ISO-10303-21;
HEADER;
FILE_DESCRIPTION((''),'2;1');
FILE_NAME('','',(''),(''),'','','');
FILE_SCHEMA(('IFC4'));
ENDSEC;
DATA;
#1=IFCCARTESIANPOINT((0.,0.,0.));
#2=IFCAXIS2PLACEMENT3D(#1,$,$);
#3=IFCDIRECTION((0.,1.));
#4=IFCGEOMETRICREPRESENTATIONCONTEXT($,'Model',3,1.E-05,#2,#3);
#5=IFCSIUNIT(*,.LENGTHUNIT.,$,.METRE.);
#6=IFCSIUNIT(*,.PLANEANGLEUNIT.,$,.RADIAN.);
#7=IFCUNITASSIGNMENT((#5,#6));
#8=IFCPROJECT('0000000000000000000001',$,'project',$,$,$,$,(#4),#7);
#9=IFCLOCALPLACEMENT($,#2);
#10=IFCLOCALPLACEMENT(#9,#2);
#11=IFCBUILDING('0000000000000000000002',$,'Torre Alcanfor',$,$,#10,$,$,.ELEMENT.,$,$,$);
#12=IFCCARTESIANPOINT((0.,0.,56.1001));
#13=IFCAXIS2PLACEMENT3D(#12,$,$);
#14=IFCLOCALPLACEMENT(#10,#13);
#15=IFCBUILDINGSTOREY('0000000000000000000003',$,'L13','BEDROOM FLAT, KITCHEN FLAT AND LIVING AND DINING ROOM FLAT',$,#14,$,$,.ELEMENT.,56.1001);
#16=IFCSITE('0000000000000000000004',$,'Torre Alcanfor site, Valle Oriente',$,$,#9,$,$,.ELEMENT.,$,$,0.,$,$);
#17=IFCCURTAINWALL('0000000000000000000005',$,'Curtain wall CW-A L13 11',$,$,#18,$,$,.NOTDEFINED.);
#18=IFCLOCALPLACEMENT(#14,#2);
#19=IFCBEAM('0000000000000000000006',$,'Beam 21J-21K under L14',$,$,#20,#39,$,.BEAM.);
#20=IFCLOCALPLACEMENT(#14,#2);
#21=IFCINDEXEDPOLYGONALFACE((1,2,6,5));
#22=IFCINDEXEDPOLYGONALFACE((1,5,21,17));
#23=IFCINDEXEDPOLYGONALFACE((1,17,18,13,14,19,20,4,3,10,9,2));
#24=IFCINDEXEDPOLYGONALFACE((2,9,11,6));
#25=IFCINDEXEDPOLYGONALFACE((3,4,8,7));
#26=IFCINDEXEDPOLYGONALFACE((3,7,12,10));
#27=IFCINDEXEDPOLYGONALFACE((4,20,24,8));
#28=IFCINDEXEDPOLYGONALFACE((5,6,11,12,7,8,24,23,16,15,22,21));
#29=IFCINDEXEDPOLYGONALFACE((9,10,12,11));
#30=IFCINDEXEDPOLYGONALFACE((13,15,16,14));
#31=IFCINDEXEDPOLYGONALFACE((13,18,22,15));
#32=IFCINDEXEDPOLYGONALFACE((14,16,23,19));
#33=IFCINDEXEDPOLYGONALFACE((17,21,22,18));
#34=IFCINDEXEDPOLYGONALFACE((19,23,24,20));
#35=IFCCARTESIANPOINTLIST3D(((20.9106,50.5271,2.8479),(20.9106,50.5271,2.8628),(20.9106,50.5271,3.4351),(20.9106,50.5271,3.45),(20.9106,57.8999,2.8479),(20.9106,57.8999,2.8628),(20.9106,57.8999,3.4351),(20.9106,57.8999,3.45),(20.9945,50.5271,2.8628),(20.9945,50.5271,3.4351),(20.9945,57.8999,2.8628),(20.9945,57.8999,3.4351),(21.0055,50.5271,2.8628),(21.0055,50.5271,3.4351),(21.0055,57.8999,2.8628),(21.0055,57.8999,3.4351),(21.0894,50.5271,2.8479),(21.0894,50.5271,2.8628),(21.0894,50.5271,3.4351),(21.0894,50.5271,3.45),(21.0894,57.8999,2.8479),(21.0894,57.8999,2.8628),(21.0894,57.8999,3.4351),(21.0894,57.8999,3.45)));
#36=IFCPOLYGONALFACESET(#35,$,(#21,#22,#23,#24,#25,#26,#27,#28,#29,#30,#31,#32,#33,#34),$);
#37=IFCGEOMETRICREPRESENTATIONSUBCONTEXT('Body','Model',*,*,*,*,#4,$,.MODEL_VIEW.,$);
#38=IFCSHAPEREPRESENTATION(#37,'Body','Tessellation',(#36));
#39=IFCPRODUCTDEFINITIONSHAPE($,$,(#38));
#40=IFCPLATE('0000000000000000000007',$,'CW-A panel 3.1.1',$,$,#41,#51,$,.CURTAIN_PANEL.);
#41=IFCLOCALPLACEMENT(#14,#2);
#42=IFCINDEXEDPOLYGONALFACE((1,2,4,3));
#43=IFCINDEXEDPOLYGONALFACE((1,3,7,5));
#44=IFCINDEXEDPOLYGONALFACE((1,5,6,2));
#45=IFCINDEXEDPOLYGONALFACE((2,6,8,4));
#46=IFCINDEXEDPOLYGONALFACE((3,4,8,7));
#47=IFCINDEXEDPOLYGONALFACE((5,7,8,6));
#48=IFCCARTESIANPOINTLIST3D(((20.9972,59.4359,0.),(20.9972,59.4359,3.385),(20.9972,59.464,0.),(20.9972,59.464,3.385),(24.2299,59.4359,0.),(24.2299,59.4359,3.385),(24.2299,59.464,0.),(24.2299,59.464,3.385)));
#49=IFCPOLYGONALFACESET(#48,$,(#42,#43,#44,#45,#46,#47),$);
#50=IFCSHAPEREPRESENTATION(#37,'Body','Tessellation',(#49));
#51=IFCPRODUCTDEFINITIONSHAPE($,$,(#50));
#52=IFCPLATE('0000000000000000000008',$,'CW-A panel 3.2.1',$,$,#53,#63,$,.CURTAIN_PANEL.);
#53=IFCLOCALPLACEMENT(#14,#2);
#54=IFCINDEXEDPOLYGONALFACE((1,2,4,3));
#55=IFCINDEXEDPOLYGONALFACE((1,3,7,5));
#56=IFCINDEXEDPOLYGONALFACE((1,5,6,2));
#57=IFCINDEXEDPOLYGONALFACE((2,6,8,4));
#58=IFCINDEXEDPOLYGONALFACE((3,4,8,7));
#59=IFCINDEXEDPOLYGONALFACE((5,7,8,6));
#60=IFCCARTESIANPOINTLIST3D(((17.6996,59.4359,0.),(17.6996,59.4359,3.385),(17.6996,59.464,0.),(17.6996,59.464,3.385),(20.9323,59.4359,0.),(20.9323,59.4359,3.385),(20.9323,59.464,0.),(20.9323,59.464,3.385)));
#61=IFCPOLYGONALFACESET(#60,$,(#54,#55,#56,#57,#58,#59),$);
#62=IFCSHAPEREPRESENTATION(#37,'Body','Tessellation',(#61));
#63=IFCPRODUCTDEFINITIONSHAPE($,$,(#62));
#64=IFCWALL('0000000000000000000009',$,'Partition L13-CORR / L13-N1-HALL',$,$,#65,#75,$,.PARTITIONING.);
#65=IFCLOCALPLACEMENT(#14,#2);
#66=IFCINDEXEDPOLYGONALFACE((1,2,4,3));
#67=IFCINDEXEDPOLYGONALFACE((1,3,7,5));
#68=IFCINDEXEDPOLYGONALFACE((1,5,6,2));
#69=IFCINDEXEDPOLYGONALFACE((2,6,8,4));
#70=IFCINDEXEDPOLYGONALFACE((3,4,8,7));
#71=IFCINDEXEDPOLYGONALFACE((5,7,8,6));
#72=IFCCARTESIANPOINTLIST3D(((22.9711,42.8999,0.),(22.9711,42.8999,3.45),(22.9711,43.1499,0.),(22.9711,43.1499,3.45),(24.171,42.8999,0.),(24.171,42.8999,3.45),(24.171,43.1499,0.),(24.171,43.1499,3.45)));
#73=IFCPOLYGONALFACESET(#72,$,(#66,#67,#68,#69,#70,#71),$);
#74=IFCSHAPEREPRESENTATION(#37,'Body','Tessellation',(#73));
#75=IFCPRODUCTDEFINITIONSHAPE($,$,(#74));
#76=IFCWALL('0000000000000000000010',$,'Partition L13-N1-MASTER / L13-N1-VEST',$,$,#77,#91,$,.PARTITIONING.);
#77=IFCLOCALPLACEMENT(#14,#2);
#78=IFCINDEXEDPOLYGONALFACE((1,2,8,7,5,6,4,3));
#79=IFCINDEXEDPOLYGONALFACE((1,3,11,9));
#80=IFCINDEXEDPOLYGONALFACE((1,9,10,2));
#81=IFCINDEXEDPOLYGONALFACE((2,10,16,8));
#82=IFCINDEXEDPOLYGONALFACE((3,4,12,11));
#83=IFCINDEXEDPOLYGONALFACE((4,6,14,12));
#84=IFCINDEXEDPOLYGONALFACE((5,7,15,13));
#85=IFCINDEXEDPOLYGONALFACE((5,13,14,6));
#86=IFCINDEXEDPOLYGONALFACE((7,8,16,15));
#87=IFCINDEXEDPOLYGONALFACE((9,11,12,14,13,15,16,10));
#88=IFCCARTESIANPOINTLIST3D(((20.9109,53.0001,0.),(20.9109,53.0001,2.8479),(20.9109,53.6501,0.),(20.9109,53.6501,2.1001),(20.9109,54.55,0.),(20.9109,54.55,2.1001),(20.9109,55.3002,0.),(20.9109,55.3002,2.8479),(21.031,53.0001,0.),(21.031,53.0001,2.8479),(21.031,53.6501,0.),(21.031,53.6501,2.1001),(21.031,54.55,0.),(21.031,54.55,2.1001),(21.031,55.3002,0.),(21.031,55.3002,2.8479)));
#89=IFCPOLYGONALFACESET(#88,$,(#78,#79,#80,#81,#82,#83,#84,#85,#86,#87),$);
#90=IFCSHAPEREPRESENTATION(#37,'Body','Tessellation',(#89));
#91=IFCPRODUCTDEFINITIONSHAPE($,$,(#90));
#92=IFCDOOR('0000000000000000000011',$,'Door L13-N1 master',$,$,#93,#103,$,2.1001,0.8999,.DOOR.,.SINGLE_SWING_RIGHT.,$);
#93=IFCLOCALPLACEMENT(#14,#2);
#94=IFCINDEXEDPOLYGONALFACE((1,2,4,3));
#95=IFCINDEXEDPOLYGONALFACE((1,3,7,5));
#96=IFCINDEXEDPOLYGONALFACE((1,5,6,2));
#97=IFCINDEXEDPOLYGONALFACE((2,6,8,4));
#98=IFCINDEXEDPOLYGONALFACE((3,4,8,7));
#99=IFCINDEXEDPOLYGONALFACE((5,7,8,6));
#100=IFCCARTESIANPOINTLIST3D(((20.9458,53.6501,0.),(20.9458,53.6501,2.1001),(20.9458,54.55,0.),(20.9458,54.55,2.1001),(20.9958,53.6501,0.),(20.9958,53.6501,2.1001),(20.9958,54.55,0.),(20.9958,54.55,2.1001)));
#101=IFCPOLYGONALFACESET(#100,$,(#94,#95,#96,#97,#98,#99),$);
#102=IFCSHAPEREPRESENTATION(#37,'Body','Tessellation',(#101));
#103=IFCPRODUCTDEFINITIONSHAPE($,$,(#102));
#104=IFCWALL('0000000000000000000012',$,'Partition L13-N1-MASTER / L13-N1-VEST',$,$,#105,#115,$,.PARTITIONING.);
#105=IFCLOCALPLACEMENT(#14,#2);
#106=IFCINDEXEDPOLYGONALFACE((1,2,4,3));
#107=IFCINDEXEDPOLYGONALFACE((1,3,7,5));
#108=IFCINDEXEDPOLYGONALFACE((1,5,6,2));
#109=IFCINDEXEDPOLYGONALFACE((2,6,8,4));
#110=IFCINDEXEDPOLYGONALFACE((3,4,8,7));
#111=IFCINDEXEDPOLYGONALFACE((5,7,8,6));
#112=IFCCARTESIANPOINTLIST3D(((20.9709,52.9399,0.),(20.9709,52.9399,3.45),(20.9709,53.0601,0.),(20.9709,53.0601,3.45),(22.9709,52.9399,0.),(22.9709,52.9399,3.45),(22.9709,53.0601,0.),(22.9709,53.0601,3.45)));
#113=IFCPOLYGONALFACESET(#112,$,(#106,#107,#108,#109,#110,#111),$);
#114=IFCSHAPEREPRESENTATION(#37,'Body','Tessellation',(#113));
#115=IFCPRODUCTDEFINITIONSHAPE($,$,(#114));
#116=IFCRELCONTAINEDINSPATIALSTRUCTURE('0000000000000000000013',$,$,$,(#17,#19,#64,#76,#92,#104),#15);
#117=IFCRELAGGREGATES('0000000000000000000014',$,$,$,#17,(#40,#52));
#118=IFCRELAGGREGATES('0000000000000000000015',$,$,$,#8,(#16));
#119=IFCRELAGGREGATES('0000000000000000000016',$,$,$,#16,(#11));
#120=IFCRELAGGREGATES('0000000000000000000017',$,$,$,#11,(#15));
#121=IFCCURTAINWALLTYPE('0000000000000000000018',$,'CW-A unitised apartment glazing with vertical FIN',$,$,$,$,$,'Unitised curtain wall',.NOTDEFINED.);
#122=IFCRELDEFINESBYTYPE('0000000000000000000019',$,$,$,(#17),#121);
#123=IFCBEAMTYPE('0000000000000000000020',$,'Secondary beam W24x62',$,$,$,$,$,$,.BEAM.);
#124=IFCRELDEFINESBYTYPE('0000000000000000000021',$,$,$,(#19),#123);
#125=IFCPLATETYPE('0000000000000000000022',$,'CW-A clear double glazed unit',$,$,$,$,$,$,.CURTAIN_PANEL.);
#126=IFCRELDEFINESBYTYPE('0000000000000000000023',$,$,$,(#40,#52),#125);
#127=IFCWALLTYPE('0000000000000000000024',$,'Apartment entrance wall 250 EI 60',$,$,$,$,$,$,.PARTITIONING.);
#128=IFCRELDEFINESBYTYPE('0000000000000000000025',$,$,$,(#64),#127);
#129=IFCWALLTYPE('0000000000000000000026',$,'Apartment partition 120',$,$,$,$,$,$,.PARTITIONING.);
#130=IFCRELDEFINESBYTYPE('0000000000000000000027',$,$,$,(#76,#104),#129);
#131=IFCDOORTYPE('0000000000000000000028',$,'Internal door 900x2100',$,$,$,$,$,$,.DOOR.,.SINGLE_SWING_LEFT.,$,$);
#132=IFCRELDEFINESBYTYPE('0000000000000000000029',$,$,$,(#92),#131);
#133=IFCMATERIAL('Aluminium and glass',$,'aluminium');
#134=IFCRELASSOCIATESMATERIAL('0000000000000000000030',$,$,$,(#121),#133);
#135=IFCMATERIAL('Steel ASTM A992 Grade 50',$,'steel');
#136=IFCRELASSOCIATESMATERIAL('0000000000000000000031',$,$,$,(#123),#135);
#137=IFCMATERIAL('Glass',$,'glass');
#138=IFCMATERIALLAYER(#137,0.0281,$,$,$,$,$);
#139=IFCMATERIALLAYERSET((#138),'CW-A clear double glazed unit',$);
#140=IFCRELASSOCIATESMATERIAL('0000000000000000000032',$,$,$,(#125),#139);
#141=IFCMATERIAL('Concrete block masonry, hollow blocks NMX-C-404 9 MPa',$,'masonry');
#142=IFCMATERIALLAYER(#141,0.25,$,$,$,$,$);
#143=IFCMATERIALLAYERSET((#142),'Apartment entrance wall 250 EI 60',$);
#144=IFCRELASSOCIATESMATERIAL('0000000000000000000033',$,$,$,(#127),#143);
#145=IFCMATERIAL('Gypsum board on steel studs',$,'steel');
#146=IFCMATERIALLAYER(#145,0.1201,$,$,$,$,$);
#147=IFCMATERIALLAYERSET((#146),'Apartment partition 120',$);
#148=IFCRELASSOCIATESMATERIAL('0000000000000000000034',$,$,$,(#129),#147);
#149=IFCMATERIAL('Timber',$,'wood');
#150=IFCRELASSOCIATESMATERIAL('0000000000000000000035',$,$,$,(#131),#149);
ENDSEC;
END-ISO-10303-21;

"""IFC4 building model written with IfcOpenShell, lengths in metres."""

from ifc_helpers import new_model, si_unit, direction, frame, frame_2d, origin, origin_2d, place, context, subcontext, project, spatial, rectangle, i_section, extrude, material, layer, layer_set, material_profile, profile_set, type_object, element, fill, aggregate, save


model = new_model("IFC4")

# Units and contexts
model_context = context("Model", 3, precision=1e-05, world=origin(), true_north=direction((0.0, 1.0)))
body_context = subcontext(model_context, "Body", "Model", "MODEL_VIEW")
ifc_project = project(units=[si_unit("LENGTHUNIT", "METRE"), si_unit("PLANEANGLEUNIT", "RADIAN")], contexts=[model_context])

# Site, building, storey
site_placement = place(None, origin())
site = spatial("IfcSite", under=ifc_project, at=site_placement, Name="Torre Alcanfor site, Valle Oriente", CompositionType="ELEMENT", RefElevation=0.0)
building_placement = place(site_placement, origin())
building = spatial("IfcBuilding", under=site, at=building_placement, Name="Torre Alcanfor", CompositionType="ELEMENT")
storey_placement = place(building_placement, frame((0.0, 0.0, 56.1001)))
storey = spatial("IfcBuildingStorey", under=building, at=storey_placement, Name="L13", Description="BEDROOM FLAT, KITCHEN FLAT AND LIVING AND DINING ROOM FLAT", CompositionType="ELEMENT", Elevation=56.1001)

# Curtain wall
ifc_material_1 = material(Name="Aluminium and glass", Category="aluminium")
curtain_wall_type = type_object("IfcCurtainWallType", Name="CW-A unitised apartment glazing with vertical FIN", ElementType="Unitised curtain wall", PredefinedType="NOTDEFINED", material=ifc_material_1)
curtain_wall_placement = place(storey_placement, origin())
curtain_wall = element("IfcCurtainWall", 1, at=curtain_wall_placement, inside=storey, type_object=curtain_wall_type, Name="Curtain wall CW-A L13 11", PredefinedType="NOTDEFINED")

# Beam
ifc_material_2 = material(Name="Steel ASTM A992 Grade 50", Category="steel")
ifc_material_profile_1 = material_profile(ifc_material_2, i_section(OverallWidth=0.1787, OverallDepth=0.6021, WebThickness=0.011, FlangeThickness=0.0149, at=origin_2d()), Name="W24x62")
ifc_profile_set_1 = profile_set([ifc_material_profile_1], Name="Steel ASTM A992 Grade 50")
beam_type_1 = type_object("IfcBeamType", Name="Secondary beam W24x62", PredefinedType="BEAM", material=ifc_profile_set_1)
beam_1_placement = place(storey_placement, frame((21.0, 50.5271, 3.1489), z_axis=(0.0, 1.0, 0.0), x_axis=(-1.0, 0.0, 0.0)))
element("IfcBeam", 2, at=beam_1_placement, inside=storey, type_object=beam_type_1, Name="Beam 21J-21K under L14", PredefinedType="BEAM", context=body_context, shape_type="SweptSolid", body=[
    extrude(i_section(OverallWidth=0.1787, OverallDepth=0.6021, WebThickness=0.011, FlangeThickness=0.0149, at=origin_2d()), origin(), (0.0, 0.0, 1.0), 7.3728),
])

# Plates
ifc_material_3 = material(Name="Glass", Category="glass")
ifc_layer_1 = layer(ifc_material_3, 0.0281)
ifc_layer_set_1 = layer_set([ifc_layer_1], Name="CW-A clear double glazed unit")
plate_type = type_object("IfcPlateType", Name="CW-A clear double glazed unit", PredefinedType="CURTAIN_PANEL", material=ifc_layer_set_1)
plate_1_placement = place(storey_placement, frame((22.6135, 59.45, 0.0), z_axis=(0.0, 0.0, 1.0), x_axis=(-1.0, 0.0, 0.0)))
plate_1 = element("IfcPlate", 3, at=plate_1_placement, type_object=plate_type, Name="CW-A panel 3.1.1", PredefinedType="CURTAIN_PANEL", context=body_context, shape_type="SweptSolid", body=[
    extrude(rectangle(XDim=3.2327, YDim=0.0281, at=origin_2d()), origin(), (0.0, 0.0, 1.0), 3.385),
])
plate_2_placement = place(storey_placement, frame((19.3159, 59.45, 0.0), z_axis=(0.0, 0.0, 1.0), x_axis=(-1.0, 0.0, 0.0)))
plate_2 = element("IfcPlate", 4, at=plate_2_placement, type_object=plate_type, Name="CW-A panel 3.2.1", PredefinedType="CURTAIN_PANEL", context=body_context, shape_type="SweptSolid", body=[
    extrude(rectangle(XDim=3.2327, YDim=0.0281, at=origin_2d()), origin(), (0.0, 0.0, 1.0), 3.385),
])
aggregate(curtain_wall, [plate_1, plate_2])

# Wall
ifc_material_4 = material(Name="Concrete block masonry, hollow blocks NMX-C-404 9 MPa", Category="masonry")
ifc_layer_2 = layer(ifc_material_4, 0.25)
ifc_layer_set_2 = layer_set([ifc_layer_2], Name="Apartment entrance wall 250 EI 60")
wall_type_1 = type_object("IfcWallType", Name="Apartment entrance wall 250 EI 60", PredefinedType="PARTITIONING", material=ifc_layer_set_2)
wall_1_placement = place(storey_placement, frame((22.9709, 43.0249, 0.0), z_axis=(0.0, 0.0, 1.0), x_axis=(1.0, 0.0, 0.0)))
element("IfcWall", 5, at=wall_1_placement, inside=storey, type_object=wall_type_1, Name="Partition L13-CORR / L13-N1-HALL", PredefinedType="PARTITIONING", context=body_context, shape_type="SweptSolid", body=[
    extrude(rectangle(XDim=1.2, YDim=0.25, at=frame_2d((0.6001, 0.0))), origin(), (0.0, 0.0, 1.0), 3.45),
])

# Wall, opening, door
ifc_material_5 = material(Name="Gypsum board on steel studs", Category="steel")
ifc_layer_3 = layer(ifc_material_5, 0.1201)
ifc_layer_set_3 = layer_set([ifc_layer_3], Name="Apartment partition 120")
wall_type_2 = type_object("IfcWallType", Name="Apartment partition 120", PredefinedType="PARTITIONING", material=ifc_layer_set_3)
wall_2_placement = place(storey_placement, frame((20.9709, 55.3, 0.0), z_axis=(0.0, 0.0, 1.0), x_axis=(0.0, -1.0, 0.0)))
wall_2 = element("IfcWall", 6, at=wall_2_placement, inside=storey, type_object=wall_type_2, Name="Partition L13-N1-MASTER / L13-N1-VEST", PredefinedType="PARTITIONING", context=body_context, shape_type="SweptSolid", body=[
    extrude(rectangle(XDim=2.3, YDim=0.1201, at=frame_2d((1.1499, 0.0))), origin(), (0.0, 0.0, 1.0), 2.8479),
])
opening_placement = place(wall_2_placement, frame((0.75, 0.0, 0.0)))
opening = element("IfcOpeningElement", 7, at=opening_placement, cuts=wall_2, PredefinedType="OPENING", context=body_context, shape_type="SweptSolid", body=[
    extrude(rectangle(XDim=0.8999, YDim=2.1001, at=frame_2d((0.45, 1.05))), frame((0.0, 0.0701, 0.0), z_axis=(0.0, -1.0, 0.0), x_axis=(1.0, 0.0, 0.0)), (0.0, 0.0, 1.0), 0.1401),
])
ifc_material_6 = material(Name="Timber", Category="wood")
door_type = type_object("IfcDoorType", Name="Internal door 900x2100", OperationType="SINGLE_SWING_LEFT", PredefinedType="DOOR", material=ifc_material_6)
door_placement = place(opening_placement, origin())
door = element("IfcDoor", 8, at=door_placement, inside=storey, type_object=door_type, Name="Door L13-N1 master", OperationType="SINGLE_SWING_RIGHT", OverallHeight=2.1001, OverallWidth=0.8999, PredefinedType="DOOR", context=body_context, shape_type="SweptSolid", body=[
    extrude(rectangle(XDim=0.8999, YDim=2.1001, at=frame_2d((0.45, 1.05))), frame((0.0, 0.0249, 0.0), z_axis=(0.0, -1.0, 0.0), x_axis=(1.0, 0.0, 0.0)), (0.0, 0.0, 1.0), 0.05),
])
fill(opening, door)

# Wall
wall_3_placement = place(storey_placement, frame((20.9709, 53.0, 0.0), z_axis=(0.0, 0.0, 1.0), x_axis=(1.0, 0.0, 0.0)))
element("IfcWall", 9, at=wall_3_placement, inside=storey, type_object=wall_type_2, Name="Partition L13-N1-MASTER / L13-N1-VEST", PredefinedType="PARTITIONING", context=body_context, shape_type="SweptSolid", body=[
    extrude(rectangle(XDim=2.0, YDim=0.1201, at=frame_2d((1.0, 0.0))), origin(), (0.0, 0.0, 1.0), 3.45),
])

save(model, "model.ifc")
